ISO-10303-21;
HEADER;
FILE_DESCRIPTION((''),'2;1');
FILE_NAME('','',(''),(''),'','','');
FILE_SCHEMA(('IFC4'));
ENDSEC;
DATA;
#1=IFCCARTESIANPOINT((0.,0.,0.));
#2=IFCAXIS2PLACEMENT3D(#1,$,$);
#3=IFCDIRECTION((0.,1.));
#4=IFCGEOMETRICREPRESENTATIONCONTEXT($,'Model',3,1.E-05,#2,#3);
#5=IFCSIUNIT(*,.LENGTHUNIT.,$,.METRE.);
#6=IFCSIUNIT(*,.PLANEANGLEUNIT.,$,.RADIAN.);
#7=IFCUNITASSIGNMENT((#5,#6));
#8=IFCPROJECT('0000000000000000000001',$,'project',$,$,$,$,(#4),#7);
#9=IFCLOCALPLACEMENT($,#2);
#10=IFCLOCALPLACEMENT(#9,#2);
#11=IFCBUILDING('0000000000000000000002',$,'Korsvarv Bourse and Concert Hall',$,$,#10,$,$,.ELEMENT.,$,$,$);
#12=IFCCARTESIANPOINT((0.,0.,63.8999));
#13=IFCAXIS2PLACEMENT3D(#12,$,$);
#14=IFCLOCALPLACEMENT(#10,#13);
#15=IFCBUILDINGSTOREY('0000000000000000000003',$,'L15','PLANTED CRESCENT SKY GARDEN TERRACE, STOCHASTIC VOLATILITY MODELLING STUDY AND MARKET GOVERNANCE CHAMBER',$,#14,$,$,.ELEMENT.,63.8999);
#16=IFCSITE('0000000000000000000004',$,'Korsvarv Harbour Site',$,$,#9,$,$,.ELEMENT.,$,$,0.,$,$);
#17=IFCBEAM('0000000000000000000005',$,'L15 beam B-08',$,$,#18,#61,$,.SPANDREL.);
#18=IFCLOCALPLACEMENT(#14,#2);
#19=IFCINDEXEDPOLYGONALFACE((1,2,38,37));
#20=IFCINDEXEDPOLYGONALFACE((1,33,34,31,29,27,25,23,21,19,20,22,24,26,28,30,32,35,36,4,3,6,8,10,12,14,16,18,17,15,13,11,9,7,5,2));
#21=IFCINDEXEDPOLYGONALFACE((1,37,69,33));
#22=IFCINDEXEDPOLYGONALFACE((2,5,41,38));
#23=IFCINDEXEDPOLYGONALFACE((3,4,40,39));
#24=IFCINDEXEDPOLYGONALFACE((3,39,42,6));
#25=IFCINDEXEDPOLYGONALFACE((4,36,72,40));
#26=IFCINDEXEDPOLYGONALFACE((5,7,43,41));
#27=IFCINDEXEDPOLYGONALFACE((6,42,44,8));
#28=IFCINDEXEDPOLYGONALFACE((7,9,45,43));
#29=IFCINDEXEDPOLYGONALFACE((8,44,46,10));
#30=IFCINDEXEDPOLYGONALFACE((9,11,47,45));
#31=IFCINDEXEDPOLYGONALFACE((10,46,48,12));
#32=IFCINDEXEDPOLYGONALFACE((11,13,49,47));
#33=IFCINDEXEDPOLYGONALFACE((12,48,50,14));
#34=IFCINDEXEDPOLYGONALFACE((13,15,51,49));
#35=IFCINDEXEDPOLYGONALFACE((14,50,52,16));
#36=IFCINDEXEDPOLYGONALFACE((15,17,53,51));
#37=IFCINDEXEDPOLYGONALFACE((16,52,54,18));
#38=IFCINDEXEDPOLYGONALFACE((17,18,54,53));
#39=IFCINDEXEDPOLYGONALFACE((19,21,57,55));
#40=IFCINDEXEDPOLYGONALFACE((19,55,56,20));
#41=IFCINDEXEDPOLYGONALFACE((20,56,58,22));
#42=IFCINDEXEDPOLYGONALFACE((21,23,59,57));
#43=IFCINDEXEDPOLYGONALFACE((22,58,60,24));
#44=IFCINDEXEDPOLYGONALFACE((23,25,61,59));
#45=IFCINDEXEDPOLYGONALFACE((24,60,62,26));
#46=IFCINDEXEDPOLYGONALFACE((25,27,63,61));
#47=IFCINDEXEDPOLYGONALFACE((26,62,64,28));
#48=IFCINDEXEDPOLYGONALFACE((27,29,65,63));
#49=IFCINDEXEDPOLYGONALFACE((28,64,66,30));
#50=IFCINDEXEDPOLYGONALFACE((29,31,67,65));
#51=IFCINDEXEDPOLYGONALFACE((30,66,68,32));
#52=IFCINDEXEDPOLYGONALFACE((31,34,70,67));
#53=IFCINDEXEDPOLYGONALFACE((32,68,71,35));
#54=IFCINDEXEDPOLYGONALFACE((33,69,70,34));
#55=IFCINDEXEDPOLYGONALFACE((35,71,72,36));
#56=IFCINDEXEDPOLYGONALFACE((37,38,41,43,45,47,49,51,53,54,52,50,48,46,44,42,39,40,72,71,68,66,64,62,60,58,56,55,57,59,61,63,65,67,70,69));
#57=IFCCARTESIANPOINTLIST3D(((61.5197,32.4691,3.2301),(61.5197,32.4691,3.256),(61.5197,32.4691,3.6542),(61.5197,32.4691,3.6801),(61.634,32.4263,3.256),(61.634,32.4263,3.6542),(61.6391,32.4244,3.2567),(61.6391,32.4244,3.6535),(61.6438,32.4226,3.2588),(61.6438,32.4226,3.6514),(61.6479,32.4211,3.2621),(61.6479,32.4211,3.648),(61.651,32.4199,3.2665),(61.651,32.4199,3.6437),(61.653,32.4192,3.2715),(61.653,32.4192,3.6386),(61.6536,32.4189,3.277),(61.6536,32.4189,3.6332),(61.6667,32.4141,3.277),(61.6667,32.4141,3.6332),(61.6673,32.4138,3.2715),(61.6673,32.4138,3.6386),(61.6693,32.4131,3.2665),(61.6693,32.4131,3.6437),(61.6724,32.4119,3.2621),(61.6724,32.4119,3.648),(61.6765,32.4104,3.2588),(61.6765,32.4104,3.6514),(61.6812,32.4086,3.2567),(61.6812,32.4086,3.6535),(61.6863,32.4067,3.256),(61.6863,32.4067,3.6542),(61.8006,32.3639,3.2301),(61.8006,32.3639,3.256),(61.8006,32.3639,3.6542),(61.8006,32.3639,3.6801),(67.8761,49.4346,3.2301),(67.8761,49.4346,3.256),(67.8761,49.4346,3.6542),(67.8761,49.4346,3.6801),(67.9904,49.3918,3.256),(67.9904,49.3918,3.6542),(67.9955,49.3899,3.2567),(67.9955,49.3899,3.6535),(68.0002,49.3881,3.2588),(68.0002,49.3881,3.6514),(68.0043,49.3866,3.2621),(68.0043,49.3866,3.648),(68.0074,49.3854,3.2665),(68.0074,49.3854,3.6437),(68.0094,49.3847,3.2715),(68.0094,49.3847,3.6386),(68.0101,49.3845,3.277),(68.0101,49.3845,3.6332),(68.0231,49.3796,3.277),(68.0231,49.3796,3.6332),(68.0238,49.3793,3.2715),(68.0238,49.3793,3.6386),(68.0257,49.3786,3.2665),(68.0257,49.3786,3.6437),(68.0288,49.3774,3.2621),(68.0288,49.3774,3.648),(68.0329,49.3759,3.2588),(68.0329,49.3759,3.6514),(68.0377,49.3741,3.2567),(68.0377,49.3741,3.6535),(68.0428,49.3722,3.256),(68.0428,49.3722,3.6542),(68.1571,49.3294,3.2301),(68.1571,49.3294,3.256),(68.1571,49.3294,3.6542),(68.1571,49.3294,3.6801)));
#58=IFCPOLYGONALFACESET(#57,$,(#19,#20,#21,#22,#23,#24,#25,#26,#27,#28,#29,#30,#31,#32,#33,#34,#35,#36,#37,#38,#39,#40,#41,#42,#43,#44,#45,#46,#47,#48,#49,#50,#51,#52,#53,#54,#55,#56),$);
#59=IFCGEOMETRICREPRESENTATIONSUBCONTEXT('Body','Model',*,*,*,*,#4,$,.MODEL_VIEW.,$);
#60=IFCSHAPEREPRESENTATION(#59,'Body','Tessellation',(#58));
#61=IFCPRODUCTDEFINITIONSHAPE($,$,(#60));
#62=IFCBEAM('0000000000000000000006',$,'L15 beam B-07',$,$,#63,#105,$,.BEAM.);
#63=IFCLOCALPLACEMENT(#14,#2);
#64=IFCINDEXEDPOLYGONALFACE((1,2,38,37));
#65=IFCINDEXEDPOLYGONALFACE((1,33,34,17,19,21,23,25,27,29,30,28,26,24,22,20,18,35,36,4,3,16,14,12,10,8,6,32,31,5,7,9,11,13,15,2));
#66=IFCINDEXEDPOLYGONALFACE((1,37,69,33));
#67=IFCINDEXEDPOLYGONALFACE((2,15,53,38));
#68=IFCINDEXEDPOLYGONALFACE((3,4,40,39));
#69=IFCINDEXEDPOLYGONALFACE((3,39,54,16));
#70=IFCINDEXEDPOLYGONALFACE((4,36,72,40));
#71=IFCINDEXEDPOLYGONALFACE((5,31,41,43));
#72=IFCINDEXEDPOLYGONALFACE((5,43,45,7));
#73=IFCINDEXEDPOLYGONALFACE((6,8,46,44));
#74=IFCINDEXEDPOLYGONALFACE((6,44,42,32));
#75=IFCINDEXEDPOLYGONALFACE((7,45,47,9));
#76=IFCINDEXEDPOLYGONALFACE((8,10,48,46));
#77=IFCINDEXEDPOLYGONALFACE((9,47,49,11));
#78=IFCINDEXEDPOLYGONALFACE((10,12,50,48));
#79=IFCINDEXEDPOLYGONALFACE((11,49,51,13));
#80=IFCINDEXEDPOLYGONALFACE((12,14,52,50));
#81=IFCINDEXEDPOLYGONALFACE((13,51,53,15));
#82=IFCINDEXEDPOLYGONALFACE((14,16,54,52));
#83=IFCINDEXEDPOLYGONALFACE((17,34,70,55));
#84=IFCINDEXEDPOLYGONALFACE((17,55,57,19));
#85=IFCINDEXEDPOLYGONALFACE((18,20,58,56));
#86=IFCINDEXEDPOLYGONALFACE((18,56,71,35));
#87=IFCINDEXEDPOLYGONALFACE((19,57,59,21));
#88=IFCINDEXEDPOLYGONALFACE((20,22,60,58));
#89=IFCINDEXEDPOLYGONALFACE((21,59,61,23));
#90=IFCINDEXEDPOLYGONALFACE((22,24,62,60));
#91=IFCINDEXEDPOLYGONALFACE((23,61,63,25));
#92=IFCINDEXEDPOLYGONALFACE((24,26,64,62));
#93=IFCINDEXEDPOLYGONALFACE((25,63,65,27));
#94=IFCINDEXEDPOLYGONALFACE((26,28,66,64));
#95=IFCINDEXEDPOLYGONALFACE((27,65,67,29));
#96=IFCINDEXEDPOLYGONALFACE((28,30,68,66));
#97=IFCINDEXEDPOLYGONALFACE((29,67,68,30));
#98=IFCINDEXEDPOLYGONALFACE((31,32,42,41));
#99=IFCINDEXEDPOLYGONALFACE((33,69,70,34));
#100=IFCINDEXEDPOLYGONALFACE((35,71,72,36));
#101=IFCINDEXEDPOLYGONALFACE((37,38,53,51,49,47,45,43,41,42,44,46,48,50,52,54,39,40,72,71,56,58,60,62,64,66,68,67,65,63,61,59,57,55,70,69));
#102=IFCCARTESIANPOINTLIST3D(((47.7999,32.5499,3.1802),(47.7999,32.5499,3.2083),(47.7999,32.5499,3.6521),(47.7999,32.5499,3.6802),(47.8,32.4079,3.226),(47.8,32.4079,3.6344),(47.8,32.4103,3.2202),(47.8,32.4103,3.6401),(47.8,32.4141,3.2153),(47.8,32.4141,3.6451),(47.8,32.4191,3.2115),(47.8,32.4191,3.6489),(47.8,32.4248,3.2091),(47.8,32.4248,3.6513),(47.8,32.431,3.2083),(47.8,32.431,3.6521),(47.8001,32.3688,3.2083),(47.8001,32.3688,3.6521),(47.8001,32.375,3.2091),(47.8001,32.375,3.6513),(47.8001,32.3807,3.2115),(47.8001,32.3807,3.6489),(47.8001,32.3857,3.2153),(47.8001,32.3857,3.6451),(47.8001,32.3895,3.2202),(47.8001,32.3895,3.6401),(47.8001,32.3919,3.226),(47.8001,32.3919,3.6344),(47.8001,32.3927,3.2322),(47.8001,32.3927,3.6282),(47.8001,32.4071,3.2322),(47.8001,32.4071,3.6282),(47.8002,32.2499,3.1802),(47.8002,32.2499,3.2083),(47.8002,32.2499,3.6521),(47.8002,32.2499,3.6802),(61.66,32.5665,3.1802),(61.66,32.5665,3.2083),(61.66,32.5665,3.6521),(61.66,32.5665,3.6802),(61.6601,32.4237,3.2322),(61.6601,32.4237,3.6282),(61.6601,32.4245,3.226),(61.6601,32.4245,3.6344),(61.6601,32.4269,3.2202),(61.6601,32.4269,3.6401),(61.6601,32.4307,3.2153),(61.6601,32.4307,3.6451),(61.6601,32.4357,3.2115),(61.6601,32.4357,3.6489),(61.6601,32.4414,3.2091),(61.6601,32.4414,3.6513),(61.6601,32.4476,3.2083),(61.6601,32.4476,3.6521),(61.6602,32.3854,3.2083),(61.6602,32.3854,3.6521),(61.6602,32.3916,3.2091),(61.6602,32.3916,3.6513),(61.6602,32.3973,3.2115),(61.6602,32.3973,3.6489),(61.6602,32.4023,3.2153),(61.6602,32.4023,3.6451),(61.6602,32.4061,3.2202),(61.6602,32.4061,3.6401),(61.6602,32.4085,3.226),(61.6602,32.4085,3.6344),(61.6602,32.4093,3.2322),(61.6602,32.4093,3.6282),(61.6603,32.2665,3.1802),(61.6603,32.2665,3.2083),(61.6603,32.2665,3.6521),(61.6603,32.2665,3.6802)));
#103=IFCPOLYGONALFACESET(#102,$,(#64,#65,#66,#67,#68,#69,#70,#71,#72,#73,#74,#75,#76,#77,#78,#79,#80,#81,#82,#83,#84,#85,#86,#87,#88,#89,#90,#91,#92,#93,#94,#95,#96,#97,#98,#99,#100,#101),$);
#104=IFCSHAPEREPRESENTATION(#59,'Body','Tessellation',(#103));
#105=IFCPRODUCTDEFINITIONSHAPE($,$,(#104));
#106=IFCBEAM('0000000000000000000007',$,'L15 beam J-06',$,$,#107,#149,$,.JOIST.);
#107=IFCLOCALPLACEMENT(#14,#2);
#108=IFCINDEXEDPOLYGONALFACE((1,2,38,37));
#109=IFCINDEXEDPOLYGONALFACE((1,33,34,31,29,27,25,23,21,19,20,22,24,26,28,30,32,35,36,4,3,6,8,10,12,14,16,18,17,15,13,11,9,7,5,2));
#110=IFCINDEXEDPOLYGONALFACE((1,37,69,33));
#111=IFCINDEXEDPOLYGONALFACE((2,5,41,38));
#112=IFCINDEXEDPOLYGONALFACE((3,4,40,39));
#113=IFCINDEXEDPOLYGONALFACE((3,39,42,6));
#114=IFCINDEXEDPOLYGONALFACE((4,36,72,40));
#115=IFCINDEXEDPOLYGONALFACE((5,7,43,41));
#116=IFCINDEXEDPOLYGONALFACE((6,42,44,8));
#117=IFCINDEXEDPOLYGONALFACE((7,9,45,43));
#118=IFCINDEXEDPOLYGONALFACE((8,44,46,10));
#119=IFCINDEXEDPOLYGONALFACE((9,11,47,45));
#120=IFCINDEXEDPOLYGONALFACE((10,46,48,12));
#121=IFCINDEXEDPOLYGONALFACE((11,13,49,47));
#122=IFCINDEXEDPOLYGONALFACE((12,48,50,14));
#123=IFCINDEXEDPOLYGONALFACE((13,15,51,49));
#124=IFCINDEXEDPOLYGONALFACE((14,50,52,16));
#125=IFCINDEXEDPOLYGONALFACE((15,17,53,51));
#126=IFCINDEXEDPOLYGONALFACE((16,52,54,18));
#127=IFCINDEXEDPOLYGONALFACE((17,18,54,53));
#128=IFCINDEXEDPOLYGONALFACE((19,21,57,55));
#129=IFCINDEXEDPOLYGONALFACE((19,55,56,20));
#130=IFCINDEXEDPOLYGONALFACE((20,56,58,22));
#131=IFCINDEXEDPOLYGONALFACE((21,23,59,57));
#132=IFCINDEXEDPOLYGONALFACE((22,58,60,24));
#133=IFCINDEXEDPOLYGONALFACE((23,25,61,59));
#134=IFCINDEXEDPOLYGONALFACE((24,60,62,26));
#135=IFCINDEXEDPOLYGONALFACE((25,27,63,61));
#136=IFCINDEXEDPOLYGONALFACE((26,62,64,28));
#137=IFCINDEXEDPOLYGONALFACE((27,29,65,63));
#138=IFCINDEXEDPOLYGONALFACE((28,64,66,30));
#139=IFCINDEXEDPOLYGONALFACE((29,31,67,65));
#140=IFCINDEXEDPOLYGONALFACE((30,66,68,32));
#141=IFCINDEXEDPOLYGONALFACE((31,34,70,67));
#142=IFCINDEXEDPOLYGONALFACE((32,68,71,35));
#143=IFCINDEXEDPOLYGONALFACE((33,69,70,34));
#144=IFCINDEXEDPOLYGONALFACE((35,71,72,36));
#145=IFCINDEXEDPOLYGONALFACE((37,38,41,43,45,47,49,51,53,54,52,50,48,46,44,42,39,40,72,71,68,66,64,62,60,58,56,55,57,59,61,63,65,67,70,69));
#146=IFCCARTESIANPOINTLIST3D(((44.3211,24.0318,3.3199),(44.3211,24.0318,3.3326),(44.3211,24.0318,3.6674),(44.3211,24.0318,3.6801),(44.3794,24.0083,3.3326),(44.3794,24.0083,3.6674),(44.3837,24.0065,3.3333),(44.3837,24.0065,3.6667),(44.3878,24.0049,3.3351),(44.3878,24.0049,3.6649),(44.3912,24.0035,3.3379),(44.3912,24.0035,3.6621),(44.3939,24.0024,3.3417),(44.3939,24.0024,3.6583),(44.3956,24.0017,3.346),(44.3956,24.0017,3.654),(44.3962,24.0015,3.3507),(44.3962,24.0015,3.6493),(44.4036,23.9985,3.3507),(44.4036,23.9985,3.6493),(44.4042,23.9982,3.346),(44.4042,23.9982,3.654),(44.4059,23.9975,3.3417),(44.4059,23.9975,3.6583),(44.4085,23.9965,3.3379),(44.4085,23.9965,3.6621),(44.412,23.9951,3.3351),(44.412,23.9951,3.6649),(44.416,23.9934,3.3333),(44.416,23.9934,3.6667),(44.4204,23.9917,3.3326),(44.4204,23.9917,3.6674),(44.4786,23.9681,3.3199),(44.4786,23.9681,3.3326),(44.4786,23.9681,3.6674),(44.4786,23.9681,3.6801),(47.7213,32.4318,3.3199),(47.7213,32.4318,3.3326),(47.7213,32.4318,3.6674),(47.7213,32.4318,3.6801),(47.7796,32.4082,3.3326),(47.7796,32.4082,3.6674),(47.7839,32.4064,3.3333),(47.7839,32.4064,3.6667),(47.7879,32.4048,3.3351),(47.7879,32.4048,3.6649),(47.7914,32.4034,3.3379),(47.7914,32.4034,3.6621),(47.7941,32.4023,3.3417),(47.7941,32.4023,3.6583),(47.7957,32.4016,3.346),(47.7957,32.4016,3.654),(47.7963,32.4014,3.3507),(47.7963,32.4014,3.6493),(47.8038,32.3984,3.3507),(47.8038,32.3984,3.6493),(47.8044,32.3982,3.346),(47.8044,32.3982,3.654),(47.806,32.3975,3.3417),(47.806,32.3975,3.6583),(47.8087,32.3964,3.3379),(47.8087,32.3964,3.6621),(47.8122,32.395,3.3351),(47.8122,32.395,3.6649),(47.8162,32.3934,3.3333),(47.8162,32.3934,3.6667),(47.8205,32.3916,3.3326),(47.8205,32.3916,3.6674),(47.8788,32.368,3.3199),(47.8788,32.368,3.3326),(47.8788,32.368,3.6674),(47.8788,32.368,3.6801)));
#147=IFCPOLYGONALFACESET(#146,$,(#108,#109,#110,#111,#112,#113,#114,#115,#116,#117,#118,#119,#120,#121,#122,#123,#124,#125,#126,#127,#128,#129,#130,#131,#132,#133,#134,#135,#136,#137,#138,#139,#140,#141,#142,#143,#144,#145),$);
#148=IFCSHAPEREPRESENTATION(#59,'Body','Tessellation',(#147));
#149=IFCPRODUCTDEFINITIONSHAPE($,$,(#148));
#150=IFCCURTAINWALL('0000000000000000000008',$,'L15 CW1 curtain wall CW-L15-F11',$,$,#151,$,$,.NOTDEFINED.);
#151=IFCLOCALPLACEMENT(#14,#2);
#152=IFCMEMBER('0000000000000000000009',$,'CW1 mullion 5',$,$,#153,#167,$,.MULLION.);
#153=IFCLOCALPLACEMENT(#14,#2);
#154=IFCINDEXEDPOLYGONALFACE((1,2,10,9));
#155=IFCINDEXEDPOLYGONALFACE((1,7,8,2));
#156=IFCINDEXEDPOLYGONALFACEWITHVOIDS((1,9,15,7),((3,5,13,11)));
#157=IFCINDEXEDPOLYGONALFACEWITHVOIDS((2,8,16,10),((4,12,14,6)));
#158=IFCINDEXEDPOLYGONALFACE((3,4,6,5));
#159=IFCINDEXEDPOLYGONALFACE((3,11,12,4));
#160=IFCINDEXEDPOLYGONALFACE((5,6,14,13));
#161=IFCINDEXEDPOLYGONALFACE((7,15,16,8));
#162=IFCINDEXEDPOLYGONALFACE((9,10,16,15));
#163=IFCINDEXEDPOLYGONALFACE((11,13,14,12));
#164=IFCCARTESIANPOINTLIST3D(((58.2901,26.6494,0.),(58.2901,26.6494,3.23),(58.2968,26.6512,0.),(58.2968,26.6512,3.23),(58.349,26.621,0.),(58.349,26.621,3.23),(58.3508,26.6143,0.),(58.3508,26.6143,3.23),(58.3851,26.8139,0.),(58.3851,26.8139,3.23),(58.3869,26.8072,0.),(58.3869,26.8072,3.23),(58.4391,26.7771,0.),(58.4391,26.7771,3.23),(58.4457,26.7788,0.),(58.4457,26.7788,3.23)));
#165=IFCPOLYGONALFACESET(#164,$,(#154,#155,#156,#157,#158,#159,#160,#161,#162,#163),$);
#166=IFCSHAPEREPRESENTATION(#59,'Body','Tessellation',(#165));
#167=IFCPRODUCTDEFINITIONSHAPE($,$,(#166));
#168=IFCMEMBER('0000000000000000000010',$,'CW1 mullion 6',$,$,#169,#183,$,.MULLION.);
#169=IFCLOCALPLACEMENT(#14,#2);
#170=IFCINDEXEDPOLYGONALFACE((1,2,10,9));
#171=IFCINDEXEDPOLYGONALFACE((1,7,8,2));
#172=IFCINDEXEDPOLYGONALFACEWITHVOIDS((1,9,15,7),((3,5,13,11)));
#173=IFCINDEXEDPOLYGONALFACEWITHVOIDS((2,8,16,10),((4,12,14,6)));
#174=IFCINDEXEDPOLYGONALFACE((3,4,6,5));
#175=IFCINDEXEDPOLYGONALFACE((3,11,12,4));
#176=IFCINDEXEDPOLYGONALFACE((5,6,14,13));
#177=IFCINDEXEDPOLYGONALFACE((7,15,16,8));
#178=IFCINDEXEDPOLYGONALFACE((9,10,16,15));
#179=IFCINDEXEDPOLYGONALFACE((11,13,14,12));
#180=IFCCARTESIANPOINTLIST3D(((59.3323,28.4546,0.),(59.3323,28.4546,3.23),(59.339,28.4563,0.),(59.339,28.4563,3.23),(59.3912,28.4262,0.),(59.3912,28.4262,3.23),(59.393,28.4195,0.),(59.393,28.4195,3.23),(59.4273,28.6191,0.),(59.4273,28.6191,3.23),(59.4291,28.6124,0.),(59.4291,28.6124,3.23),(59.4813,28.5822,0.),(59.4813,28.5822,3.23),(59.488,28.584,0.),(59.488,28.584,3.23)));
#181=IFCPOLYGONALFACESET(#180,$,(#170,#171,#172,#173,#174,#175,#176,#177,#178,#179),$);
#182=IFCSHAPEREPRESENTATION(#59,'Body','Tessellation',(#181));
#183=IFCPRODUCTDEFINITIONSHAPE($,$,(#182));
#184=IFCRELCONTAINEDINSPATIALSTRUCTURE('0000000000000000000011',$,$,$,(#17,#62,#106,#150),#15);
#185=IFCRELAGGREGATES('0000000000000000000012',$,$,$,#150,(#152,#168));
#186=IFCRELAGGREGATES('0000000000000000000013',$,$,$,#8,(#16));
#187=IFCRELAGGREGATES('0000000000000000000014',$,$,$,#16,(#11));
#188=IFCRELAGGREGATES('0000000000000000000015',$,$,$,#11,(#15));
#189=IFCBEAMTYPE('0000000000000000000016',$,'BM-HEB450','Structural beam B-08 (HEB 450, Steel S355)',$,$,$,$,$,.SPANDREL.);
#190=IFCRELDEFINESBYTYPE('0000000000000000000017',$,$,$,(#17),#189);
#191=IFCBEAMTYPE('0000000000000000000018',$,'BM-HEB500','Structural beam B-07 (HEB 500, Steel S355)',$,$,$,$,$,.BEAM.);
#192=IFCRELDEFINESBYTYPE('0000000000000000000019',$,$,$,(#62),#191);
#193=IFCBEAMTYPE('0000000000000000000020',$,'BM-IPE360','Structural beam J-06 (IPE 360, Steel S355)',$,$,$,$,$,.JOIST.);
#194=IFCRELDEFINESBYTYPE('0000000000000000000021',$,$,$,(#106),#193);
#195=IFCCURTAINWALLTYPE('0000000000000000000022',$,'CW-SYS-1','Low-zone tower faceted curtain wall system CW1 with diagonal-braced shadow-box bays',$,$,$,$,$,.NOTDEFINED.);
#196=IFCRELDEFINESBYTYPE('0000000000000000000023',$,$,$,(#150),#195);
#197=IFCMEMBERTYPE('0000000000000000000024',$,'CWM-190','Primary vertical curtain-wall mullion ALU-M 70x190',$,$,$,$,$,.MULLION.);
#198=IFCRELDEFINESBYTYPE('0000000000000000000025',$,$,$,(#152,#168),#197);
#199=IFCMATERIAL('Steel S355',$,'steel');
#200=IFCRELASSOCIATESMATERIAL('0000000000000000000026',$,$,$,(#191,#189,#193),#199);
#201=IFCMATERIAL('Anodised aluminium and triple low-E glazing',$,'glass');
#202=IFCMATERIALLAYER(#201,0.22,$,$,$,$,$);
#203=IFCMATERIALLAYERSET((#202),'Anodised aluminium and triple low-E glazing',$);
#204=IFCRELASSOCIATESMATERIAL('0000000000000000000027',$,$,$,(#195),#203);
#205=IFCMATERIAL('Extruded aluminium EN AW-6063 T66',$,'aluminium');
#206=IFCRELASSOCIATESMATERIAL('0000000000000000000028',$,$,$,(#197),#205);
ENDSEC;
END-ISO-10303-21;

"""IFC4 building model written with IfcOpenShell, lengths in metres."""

from ifc_helpers import new_model, si_unit, direction, frame, origin, origin_2d, place, context, subcontext, project, spatial, hollow_rectangle, i_section, extrude, source, transform, mapped, material, layer, layer_set, material_profile, profile_set, type_object, element, aggregate, save


model = new_model("IFC4")

# Units and contexts
model_context = context("Model", 3, precision=1e-05, world=origin(), true_north=direction((0.0, 1.0)))
body_context = subcontext(model_context, "Body", "Model", "MODEL_VIEW")
ifc_project = project(units=[si_unit("LENGTHUNIT", "METRE"), si_unit("PLANEANGLEUNIT", "RADIAN")], contexts=[model_context])

# Site, building, storey
site_placement = place(None, origin())
site = spatial("IfcSite", under=ifc_project, at=site_placement, Name="Korsvarv Harbour Site", CompositionType="ELEMENT", RefElevation=0.0)
building_placement = place(site_placement, origin())
building = spatial("IfcBuilding", under=site, at=building_placement, Name="Korsvarv Bourse and Concert Hall", CompositionType="ELEMENT")
storey_placement = place(building_placement, frame((0.0, 0.0, 63.8999)))
storey = spatial("IfcBuildingStorey", under=building, at=storey_placement, Name="L15", Description="PLANTED CRESCENT SKY GARDEN TERRACE, STOCHASTIC VOLATILITY MODELLING STUDY AND MARKET GOVERNANCE CHAMBER", CompositionType="ELEMENT", Elevation=63.8999)

# Beams
ifc_material_1 = material(Name="Steel S355", Category="steel")
ifc_material_profile_1 = material_profile(ifc_material_1, i_section(OverallWidth=0.3, OverallDepth=0.5, WebThickness=0.0144, FlangeThickness=0.0281, FilletRadius=0.0239, at=origin_2d()), Name="HEB 500")
ifc_profile_set_1 = profile_set([ifc_material_profile_1], Name="Steel S355")
beam_type_1 = type_object("IfcBeamType", Name="BM-HEB500", Description="Structural beam B-07 (HEB 500, Steel S355)", PredefinedType="BEAM", material=ifc_profile_set_1)
ifc_material_profile_2 = material_profile(ifc_material_1, i_section(OverallWidth=0.3, OverallDepth=0.45, WebThickness=0.0139, FlangeThickness=0.0259, FilletRadius=0.021, at=origin_2d()), Name="HEB 450")
ifc_profile_set_2 = profile_set([ifc_material_profile_2], Name="Steel S355")
beam_type_2 = type_object("IfcBeamType", Name="BM-HEB450", Description="Structural beam B-08 (HEB 450, Steel S355)", PredefinedType="SPANDREL", material=ifc_profile_set_2)
shared_shape_1 = source(origin(), body_context, "Body", "SweptSolid", [
    extrude(i_section(OverallWidth=0.3, OverallDepth=0.45, WebThickness=0.0139, FlangeThickness=0.0259, FilletRadius=0.021, at=origin_2d()), origin(), (0.0, 0.0, 1.0), 18.1172),
])
beam_1_placement = place(storey_placement, frame((61.6602, 32.4165, 3.4551), z_axis=(0.35085, 0.936432, 0.0), x_axis=(-0.936432, 0.35085, 0.0)))
element("IfcBeam", 1, at=beam_1_placement, inside=storey, type_object=beam_type_2, Name="L15 beam B-08", PredefinedType="SPANDREL", context=body_context, shape_type="MappedRepresentation", body=[
    mapped(shared_shape_1, transform((0.0, 0.0, 0.0), scale=1.0)),
])
shared_shape_2 = source(origin(), body_context, "Body", "SweptSolid", [
    extrude(i_section(OverallWidth=0.3, OverallDepth=0.5, WebThickness=0.0144, FlangeThickness=0.0281, FilletRadius=0.0239, at=origin_2d()), origin(), (0.0, 0.0, 1.0), 13.8601),
])
beam_2_placement = place(storey_placement, frame((61.6602, 32.4165, 3.4302), z_axis=(-0.999999, -0.001198, 0.0), x_axis=(0.001198, -0.999999, 0.0)))
element("IfcBeam", 2, at=beam_2_placement, inside=storey, type_object=beam_type_1, Name="L15 beam B-07", PredefinedType="BEAM", context=body_context, shape_type="MappedRepresentation", body=[
    mapped(shared_shape_2, transform((0.0, 0.0, 0.0), scale=1.0)),
])
ifc_material_profile_3 = material_profile(ifc_material_1, i_section(OverallWidth=0.1699, OverallDepth=0.3601, WebThickness=0.0081, FlangeThickness=0.0127, FilletRadius=0.0181, at=origin_2d()), Name="IPE 360")
ifc_profile_set_3 = profile_set([ifc_material_profile_3], Name="Steel S355")
beam_type_3 = type_object("IfcBeamType", Name="BM-IPE360", Description="Structural beam J-06 (IPE 360, Steel S355)", PredefinedType="JOIST", material=ifc_profile_set_3)
shared_shape_3 = source(origin(), body_context, "Body", "SweptSolid", [
    extrude(i_section(OverallWidth=0.1699, OverallDepth=0.3601, WebThickness=0.0081, FlangeThickness=0.0127, FilletRadius=0.0181, at=origin_2d()), origin(), (0.0, 0.0, 1.0), 9.062),
])
beam_3_placement = place(storey_placement, frame((47.8, 32.3999, 3.5), z_axis=(-0.37521, -0.92694, 0.0), x_axis=(0.92694, -0.37521, 0.0)))
element("IfcBeam", 3, at=beam_3_placement, inside=storey, type_object=beam_type_3, Name="L15 beam J-06", PredefinedType="JOIST", context=body_context, shape_type="MappedRepresentation", body=[
    mapped(shared_shape_3, transform((0.0, 0.0, 0.0), scale=1.0)),
])

# Curtain wall, members
ifc_material_2 = material(Name="Anodised aluminium and triple low-E glazing", Category="glass")
ifc_layer_1 = layer(ifc_material_2, 0.22)
ifc_layer_set_1 = layer_set([ifc_layer_1], Name="Anodised aluminium and triple low-E glazing")
curtain_wall_type = type_object("IfcCurtainWallType", Name="CW-SYS-1", Description="Low-zone tower faceted curtain wall system CW1 with diagonal-braced shadow-box bays", PredefinedType="NOTDEFINED", material=ifc_layer_set_1)
curtain_wall_placement = place(storey_placement, origin())
curtain_wall = element("IfcCurtainWall", 4, at=curtain_wall_placement, inside=storey, type_object=curtain_wall_type, Name="L15 CW1 curtain wall CW-L15-F11", PredefinedType="NOTDEFINED")
ifc_material_3 = material(Name="Extruded aluminium EN AW-6063 T66", Category="aluminium")
ifc_material_profile_4 = material_profile(ifc_material_3, hollow_rectangle(XDim=0.0701, YDim=0.1899, WallThickness=0.0049, at=origin_2d()), Name="ALU-M 70x190")
ifc_profile_set_4 = profile_set([ifc_material_profile_4], Name="Extruded aluminium EN AW-6063 T66")
member_type_1 = type_object("IfcMemberType", Name="CWM-190", Description="Primary vertical curtain-wall mullion ALU-M 70x190", PredefinedType="MULLION", material=ifc_profile_set_4)
shared_shape_4 = source(origin(), body_context, "Body", "SweptSolid", [
    extrude(hollow_rectangle(XDim=0.0701, YDim=0.1899, WallThickness=0.0049, at=origin_2d()), origin(), (0.0, 0.0, 1.0), 3.23),
])
member_1_placement = place(storey_placement, frame((58.3679, 26.7141, 0.0), z_axis=(0.0, 0.0, 1.0), x_axis=(-0.866022, 0.500006, 0.0)))
member_1 = element("IfcMember", 5, at=member_1_placement, type_object=member_type_1, Name="CW1 mullion 5", PredefinedType="MULLION", context=body_context, shape_type="MappedRepresentation", body=[
    mapped(shared_shape_4, transform((0.0, 0.0, 0.0), scale=1.0)),
])
member_2_placement = place(storey_placement, frame((59.4102, 28.5193, 0.0), z_axis=(0.0, 0.0, 1.0), x_axis=(-0.866022, 0.500006, 0.0)))
member_2 = element("IfcMember", 6, at=member_2_placement, type_object=member_type_1, Name="CW1 mullion 6", PredefinedType="MULLION", context=body_context, shape_type="MappedRepresentation", body=[
    mapped(shared_shape_4, transform((0.0, 0.0, 0.0), scale=1.0)),
])
aggregate(curtain_wall, [member_1, member_2])

save(model, "model.ifc")
